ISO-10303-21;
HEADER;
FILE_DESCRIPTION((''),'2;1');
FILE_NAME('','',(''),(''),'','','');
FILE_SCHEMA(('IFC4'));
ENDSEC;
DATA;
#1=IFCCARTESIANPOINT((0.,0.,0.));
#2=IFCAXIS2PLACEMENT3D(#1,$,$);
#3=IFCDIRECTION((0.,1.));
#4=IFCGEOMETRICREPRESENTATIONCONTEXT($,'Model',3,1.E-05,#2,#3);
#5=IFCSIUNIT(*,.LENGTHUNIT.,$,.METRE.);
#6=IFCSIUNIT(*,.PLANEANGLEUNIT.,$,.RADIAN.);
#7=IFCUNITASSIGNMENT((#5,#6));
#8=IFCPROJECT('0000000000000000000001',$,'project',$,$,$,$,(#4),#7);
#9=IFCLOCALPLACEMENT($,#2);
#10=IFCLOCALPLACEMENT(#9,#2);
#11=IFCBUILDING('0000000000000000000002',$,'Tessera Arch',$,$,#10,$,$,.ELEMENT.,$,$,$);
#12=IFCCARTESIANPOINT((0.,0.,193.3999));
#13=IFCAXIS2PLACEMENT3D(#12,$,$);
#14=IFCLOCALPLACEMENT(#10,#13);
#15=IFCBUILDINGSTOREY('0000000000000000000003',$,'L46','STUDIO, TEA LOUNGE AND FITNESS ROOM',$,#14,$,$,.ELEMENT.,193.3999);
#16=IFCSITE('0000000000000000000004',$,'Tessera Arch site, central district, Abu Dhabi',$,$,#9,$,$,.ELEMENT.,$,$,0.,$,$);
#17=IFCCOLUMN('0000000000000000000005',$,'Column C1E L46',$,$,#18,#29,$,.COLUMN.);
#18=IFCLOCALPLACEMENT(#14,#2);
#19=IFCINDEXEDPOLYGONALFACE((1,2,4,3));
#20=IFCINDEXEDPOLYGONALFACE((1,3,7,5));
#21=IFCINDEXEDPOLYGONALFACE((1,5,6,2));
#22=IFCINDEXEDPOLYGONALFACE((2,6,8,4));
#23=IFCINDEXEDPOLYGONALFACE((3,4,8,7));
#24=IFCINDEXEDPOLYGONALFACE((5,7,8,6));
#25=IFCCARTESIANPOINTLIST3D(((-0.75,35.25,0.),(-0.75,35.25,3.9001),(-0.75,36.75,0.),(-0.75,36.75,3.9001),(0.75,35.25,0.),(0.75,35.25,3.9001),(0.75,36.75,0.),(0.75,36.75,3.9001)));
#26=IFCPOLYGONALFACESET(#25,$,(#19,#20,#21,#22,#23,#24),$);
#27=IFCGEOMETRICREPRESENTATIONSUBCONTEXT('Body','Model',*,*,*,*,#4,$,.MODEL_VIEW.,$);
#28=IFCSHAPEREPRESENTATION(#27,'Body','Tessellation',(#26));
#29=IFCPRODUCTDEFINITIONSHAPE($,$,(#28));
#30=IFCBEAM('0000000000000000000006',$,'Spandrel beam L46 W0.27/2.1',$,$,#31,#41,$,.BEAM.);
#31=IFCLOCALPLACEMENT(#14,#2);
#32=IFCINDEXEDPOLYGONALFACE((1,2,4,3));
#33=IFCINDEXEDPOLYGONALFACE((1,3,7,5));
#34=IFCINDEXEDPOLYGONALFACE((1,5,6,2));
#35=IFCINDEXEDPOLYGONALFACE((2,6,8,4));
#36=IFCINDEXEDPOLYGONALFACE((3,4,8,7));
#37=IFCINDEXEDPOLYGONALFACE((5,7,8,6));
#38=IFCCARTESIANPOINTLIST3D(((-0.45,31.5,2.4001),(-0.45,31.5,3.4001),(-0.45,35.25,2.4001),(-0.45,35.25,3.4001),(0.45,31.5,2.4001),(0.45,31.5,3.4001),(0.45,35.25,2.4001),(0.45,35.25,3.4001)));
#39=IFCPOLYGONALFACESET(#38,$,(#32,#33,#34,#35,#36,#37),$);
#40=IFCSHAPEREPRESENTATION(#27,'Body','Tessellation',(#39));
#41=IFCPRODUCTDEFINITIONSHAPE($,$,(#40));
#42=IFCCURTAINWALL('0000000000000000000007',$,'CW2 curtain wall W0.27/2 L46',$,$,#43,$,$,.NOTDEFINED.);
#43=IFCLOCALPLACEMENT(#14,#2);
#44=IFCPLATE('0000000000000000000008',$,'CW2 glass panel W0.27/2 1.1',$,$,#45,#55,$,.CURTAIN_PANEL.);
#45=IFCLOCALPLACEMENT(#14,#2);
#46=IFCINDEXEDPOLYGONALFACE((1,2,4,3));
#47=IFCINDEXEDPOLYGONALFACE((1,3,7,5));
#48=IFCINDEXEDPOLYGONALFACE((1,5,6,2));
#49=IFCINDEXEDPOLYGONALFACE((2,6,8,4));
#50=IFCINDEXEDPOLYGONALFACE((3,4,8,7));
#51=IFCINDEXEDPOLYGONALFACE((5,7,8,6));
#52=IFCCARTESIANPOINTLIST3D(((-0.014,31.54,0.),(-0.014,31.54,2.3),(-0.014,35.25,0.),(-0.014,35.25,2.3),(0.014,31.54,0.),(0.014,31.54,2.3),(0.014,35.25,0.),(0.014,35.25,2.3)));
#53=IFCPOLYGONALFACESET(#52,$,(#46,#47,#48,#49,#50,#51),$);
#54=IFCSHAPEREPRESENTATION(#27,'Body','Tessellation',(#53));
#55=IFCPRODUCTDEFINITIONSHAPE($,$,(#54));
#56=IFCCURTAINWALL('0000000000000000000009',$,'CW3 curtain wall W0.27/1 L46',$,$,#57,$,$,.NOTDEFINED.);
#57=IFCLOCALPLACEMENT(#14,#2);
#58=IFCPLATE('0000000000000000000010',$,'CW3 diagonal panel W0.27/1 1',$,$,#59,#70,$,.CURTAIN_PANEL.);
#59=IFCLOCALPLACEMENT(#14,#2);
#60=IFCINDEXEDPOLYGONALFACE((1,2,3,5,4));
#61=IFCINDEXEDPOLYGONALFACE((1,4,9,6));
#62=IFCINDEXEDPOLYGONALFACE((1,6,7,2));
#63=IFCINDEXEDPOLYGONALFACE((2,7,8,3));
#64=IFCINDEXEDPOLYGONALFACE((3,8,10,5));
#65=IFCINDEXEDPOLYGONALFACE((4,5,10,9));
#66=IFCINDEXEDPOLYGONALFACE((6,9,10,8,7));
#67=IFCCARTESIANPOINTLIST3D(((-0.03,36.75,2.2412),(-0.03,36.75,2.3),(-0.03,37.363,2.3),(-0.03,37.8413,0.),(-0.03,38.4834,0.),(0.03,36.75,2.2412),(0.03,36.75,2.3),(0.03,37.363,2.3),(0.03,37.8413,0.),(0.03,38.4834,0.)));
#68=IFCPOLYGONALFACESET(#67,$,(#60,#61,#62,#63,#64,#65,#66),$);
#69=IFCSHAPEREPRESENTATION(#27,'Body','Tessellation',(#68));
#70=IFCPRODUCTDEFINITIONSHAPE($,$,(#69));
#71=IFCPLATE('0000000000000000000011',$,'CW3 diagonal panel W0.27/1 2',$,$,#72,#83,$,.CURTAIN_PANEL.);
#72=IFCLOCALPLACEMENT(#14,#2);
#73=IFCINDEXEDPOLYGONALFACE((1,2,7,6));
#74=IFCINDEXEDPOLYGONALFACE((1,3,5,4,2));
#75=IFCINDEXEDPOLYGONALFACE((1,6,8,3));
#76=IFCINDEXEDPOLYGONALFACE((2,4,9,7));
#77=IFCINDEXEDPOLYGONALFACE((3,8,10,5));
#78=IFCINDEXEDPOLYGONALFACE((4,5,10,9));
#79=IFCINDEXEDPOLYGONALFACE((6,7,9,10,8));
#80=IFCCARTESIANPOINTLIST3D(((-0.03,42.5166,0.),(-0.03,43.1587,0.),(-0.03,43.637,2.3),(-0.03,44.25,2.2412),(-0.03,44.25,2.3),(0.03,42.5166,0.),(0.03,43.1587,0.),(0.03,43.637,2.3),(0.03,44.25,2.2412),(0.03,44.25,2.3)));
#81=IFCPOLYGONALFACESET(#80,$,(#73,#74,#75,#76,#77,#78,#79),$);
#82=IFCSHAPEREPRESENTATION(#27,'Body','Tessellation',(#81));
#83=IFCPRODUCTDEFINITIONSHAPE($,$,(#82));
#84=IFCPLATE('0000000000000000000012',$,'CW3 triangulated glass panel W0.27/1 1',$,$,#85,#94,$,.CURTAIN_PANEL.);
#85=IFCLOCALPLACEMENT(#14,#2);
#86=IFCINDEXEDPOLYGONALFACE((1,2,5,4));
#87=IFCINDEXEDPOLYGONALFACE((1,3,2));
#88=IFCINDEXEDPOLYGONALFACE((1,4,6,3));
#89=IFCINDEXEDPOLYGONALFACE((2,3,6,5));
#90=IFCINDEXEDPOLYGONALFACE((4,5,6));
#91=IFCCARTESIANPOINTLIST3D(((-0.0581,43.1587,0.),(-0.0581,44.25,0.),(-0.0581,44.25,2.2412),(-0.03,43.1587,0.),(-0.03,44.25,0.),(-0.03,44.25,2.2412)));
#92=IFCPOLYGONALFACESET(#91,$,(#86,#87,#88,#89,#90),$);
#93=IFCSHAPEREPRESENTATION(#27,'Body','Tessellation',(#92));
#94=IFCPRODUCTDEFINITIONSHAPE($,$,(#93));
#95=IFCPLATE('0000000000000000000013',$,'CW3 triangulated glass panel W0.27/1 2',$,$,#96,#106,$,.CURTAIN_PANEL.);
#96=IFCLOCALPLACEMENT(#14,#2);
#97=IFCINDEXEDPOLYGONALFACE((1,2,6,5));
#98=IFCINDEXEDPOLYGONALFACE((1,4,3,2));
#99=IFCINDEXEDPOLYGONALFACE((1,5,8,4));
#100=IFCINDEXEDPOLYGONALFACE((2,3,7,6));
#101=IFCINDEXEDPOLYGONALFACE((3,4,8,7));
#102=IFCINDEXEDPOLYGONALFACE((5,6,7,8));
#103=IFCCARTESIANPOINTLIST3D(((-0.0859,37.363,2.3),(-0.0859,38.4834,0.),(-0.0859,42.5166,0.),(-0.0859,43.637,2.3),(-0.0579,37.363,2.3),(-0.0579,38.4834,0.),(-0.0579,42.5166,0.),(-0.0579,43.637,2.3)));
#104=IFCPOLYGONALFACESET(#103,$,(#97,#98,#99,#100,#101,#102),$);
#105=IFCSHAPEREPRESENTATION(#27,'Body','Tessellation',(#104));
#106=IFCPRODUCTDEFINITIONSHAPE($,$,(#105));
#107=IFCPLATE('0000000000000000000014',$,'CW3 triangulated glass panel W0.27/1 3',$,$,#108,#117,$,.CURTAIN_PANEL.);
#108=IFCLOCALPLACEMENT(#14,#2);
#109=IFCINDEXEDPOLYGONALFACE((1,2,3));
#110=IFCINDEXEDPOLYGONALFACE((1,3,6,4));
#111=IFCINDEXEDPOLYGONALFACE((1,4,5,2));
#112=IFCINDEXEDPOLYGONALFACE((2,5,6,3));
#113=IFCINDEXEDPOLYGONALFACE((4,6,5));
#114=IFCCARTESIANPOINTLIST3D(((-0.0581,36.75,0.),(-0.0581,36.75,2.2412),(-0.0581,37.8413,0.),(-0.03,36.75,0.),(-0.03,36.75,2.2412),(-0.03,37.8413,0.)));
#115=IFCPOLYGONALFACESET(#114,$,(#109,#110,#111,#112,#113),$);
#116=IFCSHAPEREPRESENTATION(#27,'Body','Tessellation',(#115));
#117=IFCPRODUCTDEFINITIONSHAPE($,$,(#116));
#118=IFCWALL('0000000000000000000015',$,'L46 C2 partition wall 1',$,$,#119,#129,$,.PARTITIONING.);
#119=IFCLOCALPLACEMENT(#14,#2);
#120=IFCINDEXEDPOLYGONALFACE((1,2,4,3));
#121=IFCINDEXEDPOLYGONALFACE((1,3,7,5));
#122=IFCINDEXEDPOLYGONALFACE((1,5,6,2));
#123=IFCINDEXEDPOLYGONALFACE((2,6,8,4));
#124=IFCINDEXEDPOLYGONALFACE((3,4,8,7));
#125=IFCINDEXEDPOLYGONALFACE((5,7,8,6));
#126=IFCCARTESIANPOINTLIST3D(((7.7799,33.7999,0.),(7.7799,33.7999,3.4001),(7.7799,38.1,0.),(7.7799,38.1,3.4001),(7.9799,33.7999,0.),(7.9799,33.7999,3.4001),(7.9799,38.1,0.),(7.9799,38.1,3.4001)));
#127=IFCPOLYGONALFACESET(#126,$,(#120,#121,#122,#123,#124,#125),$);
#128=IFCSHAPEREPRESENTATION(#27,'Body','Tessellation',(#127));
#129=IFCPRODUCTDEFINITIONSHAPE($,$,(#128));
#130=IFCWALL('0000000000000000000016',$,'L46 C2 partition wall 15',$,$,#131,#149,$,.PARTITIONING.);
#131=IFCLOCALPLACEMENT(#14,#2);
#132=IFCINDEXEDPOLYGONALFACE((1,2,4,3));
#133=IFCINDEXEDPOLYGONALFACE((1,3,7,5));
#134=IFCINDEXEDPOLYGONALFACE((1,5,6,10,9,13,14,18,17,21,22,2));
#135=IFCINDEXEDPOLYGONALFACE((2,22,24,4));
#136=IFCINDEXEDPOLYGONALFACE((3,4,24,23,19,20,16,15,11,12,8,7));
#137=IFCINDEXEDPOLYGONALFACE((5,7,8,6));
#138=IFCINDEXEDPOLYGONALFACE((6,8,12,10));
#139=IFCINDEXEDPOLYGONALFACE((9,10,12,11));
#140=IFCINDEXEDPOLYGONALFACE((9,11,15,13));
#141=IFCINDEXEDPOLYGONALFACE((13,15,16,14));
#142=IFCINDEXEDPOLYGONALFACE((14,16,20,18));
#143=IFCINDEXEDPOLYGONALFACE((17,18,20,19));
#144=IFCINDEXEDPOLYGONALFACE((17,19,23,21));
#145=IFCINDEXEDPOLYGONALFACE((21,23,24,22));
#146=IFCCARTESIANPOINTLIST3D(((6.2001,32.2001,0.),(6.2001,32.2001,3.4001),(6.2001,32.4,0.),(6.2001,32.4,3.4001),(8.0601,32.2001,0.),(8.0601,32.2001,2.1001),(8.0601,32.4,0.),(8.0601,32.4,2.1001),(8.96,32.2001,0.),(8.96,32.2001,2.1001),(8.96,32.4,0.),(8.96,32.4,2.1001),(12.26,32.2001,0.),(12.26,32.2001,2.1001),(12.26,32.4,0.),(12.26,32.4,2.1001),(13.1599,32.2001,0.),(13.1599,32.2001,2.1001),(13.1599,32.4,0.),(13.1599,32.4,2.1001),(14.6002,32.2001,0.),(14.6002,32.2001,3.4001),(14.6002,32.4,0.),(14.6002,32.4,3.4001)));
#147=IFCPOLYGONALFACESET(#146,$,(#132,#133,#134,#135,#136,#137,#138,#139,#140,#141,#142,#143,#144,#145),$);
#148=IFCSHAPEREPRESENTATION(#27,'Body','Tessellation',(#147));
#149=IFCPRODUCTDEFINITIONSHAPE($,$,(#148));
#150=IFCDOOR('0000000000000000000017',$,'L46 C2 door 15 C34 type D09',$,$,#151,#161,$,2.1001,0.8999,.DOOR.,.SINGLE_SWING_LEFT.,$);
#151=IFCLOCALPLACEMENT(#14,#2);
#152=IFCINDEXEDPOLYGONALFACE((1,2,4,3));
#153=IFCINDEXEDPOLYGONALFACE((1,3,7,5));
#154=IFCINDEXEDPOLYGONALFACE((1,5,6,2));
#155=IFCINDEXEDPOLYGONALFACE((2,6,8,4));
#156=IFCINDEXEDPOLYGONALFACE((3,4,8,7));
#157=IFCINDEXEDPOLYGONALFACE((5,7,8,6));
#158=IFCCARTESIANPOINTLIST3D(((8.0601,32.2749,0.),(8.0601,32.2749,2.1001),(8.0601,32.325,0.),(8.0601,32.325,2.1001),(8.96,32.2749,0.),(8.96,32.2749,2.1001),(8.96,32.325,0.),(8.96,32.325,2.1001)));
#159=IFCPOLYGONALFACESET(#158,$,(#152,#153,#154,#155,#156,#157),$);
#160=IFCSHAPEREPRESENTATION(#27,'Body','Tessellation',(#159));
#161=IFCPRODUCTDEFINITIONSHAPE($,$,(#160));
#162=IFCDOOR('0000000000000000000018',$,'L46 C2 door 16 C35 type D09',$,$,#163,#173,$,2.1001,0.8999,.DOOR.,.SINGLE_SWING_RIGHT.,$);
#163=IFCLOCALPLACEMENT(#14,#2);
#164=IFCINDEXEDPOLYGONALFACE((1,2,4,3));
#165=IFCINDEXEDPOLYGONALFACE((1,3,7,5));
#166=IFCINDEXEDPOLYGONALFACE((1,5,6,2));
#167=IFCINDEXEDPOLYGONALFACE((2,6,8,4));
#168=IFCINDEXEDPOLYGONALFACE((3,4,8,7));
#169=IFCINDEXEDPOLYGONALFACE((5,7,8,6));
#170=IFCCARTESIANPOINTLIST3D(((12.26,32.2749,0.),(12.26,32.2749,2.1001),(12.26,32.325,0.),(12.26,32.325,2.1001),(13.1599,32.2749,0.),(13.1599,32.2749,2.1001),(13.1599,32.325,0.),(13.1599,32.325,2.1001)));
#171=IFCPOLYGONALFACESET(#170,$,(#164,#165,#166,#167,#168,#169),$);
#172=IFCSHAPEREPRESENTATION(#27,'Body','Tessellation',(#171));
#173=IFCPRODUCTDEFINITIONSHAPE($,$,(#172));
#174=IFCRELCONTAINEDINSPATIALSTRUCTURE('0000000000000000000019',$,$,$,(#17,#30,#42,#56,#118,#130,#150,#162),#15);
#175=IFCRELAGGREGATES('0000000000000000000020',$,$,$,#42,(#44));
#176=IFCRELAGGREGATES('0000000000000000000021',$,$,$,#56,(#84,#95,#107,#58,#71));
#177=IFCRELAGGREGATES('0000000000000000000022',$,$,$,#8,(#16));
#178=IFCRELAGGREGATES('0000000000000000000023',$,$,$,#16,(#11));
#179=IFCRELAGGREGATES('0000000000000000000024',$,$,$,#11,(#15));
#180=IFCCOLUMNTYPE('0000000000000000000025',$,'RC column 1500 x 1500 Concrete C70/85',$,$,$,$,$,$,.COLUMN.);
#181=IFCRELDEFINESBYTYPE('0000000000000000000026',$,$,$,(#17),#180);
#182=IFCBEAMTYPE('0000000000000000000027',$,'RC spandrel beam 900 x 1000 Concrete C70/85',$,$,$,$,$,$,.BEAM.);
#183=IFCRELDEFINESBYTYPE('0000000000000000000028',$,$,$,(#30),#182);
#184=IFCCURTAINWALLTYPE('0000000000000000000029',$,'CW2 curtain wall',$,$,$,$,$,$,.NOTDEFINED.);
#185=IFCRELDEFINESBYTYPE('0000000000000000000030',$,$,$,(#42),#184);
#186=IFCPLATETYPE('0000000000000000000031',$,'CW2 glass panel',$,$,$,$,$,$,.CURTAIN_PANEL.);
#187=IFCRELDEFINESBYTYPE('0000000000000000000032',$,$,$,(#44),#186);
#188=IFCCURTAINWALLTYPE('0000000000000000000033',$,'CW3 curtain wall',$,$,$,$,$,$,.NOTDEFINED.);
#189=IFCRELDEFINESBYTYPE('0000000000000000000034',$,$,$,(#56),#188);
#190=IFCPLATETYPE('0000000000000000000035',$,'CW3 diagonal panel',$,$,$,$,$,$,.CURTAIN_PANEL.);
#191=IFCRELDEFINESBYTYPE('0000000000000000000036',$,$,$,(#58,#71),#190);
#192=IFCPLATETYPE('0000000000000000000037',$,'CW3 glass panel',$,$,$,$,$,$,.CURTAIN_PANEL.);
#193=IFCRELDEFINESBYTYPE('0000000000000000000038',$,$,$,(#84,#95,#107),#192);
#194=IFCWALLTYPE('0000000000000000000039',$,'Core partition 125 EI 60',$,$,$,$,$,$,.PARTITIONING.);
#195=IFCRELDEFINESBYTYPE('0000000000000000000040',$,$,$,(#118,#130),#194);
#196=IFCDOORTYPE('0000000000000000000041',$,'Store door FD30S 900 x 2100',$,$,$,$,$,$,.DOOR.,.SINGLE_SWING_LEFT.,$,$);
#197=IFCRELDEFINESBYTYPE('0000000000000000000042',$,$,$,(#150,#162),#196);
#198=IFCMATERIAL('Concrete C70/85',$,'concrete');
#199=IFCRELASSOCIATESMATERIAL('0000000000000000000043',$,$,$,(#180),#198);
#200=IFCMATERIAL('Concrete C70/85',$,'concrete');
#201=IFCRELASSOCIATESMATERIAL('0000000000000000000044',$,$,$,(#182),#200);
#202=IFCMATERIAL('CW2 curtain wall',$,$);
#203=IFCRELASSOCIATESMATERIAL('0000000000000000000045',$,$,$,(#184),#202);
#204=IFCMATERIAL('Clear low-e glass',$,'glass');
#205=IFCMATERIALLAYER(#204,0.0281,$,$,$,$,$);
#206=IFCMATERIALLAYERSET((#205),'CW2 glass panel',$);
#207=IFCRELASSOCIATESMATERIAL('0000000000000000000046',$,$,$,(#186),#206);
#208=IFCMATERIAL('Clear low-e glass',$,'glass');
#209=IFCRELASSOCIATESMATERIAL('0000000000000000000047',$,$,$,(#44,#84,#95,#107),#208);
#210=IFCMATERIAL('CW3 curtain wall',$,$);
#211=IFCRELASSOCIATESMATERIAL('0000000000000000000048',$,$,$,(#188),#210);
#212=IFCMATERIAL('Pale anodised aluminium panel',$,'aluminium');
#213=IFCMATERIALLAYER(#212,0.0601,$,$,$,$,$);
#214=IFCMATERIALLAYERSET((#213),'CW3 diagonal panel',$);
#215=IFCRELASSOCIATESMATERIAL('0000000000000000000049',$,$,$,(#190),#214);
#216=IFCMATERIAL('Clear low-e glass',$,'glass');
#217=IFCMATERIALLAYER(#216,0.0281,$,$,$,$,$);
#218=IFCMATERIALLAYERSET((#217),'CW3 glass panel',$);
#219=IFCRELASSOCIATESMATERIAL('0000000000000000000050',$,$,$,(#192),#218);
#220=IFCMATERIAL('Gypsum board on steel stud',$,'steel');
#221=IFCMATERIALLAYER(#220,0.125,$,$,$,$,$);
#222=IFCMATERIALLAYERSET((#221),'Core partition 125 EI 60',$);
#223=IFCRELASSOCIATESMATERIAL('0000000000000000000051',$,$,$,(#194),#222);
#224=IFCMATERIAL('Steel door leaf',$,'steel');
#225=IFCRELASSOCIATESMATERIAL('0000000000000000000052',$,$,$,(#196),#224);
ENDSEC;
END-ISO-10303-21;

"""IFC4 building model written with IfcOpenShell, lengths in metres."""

from ifc_helpers import new_model, si_unit, direction, frame, frame_2d, origin, origin_2d, place, context, subcontext, project, spatial, polyline, rectangle, outline, extrude, material, layer, layer_set, material_profile, profile_set, type_object, element, fill, aggregate, save


model = new_model("IFC4")

# Units and contexts
model_context = context("Model", 3, precision=1e-05, world=origin(), true_north=direction((0.0, 1.0)))
body_context = subcontext(model_context, "Body", "Model", "MODEL_VIEW")
ifc_project = project(units=[si_unit("LENGTHUNIT", "METRE"), si_unit("PLANEANGLEUNIT", "RADIAN")], contexts=[model_context])

# Site, building, storey
site_placement = place(None, origin())
site = spatial("IfcSite", under=ifc_project, at=site_placement, Name="Tessera Arch site, central district, Abu Dhabi", CompositionType="ELEMENT", RefElevation=0.0)
building_placement = place(site_placement, origin())
building = spatial("IfcBuilding", under=site, at=building_placement, Name="Tessera Arch", CompositionType="ELEMENT")
storey_placement = place(building_placement, frame((0.0, 0.0, 193.3999)))
storey = spatial("IfcBuildingStorey", under=building, at=storey_placement, Name="L46", Description="STUDIO, TEA LOUNGE AND FITNESS ROOM", CompositionType="ELEMENT", Elevation=193.3999)

# Column
ifc_material_1 = material(Name="Concrete C70/85", Category="concrete")
ifc_material_profile_1 = material_profile(ifc_material_1, rectangle(XDim=1.5, YDim=1.5, at=origin_2d()), Name="RC column 1500 x 1500 Concrete C70/85")
ifc_profile_set_1 = profile_set([ifc_material_profile_1], Name="Concrete C70/85")
column_type = type_object("IfcColumnType", Name="RC column 1500 x 1500 Concrete C70/85", PredefinedType="COLUMN", material=ifc_profile_set_1)
column_placement = place(storey_placement, frame((0.0, 36.0, 0.0), z_axis=(0.0, 0.0, 1.0), x_axis=(1.0, 0.0, 0.0)))
element("IfcColumn", 1, at=column_placement, inside=storey, type_object=column_type, Name="Column C1E L46", PredefinedType="COLUMN", context=body_context, shape_type="SweptSolid", body=[
    extrude(rectangle(XDim=1.5, YDim=1.5, at=origin_2d()), origin(), (0.0, 0.0, 1.0), 3.9001),
])

# Beam
ifc_material_2 = material(Name="Concrete C70/85", Category="concrete")
ifc_material_profile_2 = material_profile(ifc_material_2, rectangle(XDim=0.8999, YDim=1.0, at=origin_2d()), Name="RC spandrel beam 900 x 1000 Concrete C70/85")
ifc_profile_set_2 = profile_set([ifc_material_profile_2], Name="Concrete C70/85")
beam_type = type_object("IfcBeamType", Name="RC spandrel beam 900 x 1000 Concrete C70/85", PredefinedType="BEAM", material=ifc_profile_set_2)
beam_placement = place(storey_placement, frame((0.0, 35.25, 2.9001), z_axis=(0.0, -1.0, 0.0), x_axis=(1.0, 0.0, 0.0)))
element("IfcBeam", 2, at=beam_placement, inside=storey, type_object=beam_type, Name="Spandrel beam L46 W0.27/2.1", PredefinedType="BEAM", context=body_context, shape_type="SweptSolid", body=[
    extrude(rectangle(XDim=0.8999, YDim=1.0, at=origin_2d()), origin(), (0.0, 0.0, 1.0), 3.75),
])

# Curtain wall, plate
ifc_material_3 = material(Name="CW2 curtain wall")
curtain_wall_type_1 = type_object("IfcCurtainWallType", Name="CW2 curtain wall", PredefinedType="NOTDEFINED", material=ifc_material_3)
curtain_wall_1_placement = place(storey_placement, origin())
curtain_wall_1 = element("IfcCurtainWall", 3, at=curtain_wall_1_placement, inside=storey, type_object=curtain_wall_type_1, Name="CW2 curtain wall W0.27/2 L46", PredefinedType="NOTDEFINED")
ifc_material_4 = material(Name="Clear low-e glass", Category="glass")
ifc_material_5 = material(Name="Clear low-e glass", Category="glass")
ifc_layer_1 = layer(ifc_material_5, 0.0281)
ifc_layer_set_1 = layer_set([ifc_layer_1], Name="CW2 glass panel")
plate_type_1 = type_object("IfcPlateType", Name="CW2 glass panel", PredefinedType="CURTAIN_PANEL", material=ifc_layer_set_1)
plate_1_placement = place(storey_placement, frame((0.0, 33.395, 0.0), z_axis=(0.0, 0.0, 1.0), x_axis=(0.0, -1.0, 0.0)))
plate_1 = element("IfcPlate", 4, at=plate_1_placement, type_object=plate_type_1, material=ifc_material_4, Name="CW2 glass panel W0.27/2 1.1", PredefinedType="CURTAIN_PANEL", context=body_context, shape_type="SweptSolid", body=[
    extrude(rectangle(XDim=3.71, YDim=0.0281, at=origin_2d()), origin(), (0.0, 0.0, 1.0), 2.3),
])
aggregate(curtain_wall_1, [plate_1])

# Curtain wall, plates
ifc_material_6 = material(Name="CW3 curtain wall")
curtain_wall_type_2 = type_object("IfcCurtainWallType", Name="CW3 curtain wall", PredefinedType="NOTDEFINED", material=ifc_material_6)
curtain_wall_2_placement = place(storey_placement, origin())
curtain_wall_2 = element("IfcCurtainWall", 5, at=curtain_wall_2_placement, inside=storey, type_object=curtain_wall_type_2, Name="CW3 curtain wall W0.27/1 L46", PredefinedType="NOTDEFINED")
ifc_material_7 = material(Name="Pale anodised aluminium panel", Category="aluminium")
ifc_layer_2 = layer(ifc_material_7, 0.0601)
ifc_layer_set_2 = layer_set([ifc_layer_2], Name="CW3 diagonal panel")
plate_type_2 = type_object("IfcPlateType", Name="CW3 diagonal panel", PredefinedType="CURTAIN_PANEL", material=ifc_layer_set_2)
plate_2_placement = place(storey_placement, frame((-0.03, 36.75, 2.3), z_axis=(-1.0, 0.0, 0.0), x_axis=(0.0, 1.0, 0.0)))
plate_2 = element("IfcPlate", 6, at=plate_2_placement, type_object=plate_type_2, Name="CW3 diagonal panel W0.27/1 1", PredefinedType="CURTAIN_PANEL", context=body_context, shape_type="SweptSolid", body=[
    extrude(outline(polyline([(0.0, 0.0), (0.613, 0.0), (1.7334, 2.3), (1.0913, 2.3), (0.0, 0.0588), (0.0, 0.0)])), origin(), (0.0, 0.0, -1.0), 0.0601),
])
plate_3_placement = place(storey_placement, frame((-0.03, 44.25, 2.3), z_axis=(-1.0, 0.0, 0.0), x_axis=(0.0, 0.0, -1.0)))
plate_3 = element("IfcPlate", 7, at=plate_3_placement, type_object=plate_type_2, Name="CW3 diagonal panel W0.27/1 2", PredefinedType="CURTAIN_PANEL", context=body_context, shape_type="SweptSolid", body=[
    extrude(outline(polyline([(0.0, 0.0), (0.0588, 0.0), (2.3, 1.0913), (2.3, 1.7334), (0.0, 0.613), (0.0, 0.0)])), origin(), (0.0, 0.0, -1.0), 0.0601),
])
ifc_material_8 = material(Name="Clear low-e glass", Category="glass")
ifc_layer_3 = layer(ifc_material_8, 0.0281)
ifc_layer_set_3 = layer_set([ifc_layer_3], Name="CW3 glass panel")
plate_type_3 = type_object("IfcPlateType", Name="CW3 glass panel", PredefinedType="CURTAIN_PANEL", material=ifc_layer_set_3)
plate_4_placement = place(storey_placement, frame((-0.0581, 44.25, 0.0), z_axis=(-1.0, 0.0, 0.0), x_axis=(0.0, -1.0, 0.0)))
plate_4 = element("IfcPlate", 8, at=plate_4_placement, type_object=plate_type_3, material=ifc_material_4, Name="CW3 triangulated glass panel W0.27/1 1", PredefinedType="CURTAIN_PANEL", context=body_context, shape_type="SweptSolid", body=[
    extrude(outline(polyline([(0.0, 0.0), (1.0913, 0.0), (0.0, 2.2412), (0.0, 0.0)])), origin(), (0.0, 0.0, -1.0), 0.0281),
])
plate_5_placement = place(storey_placement, frame((-0.0859, 37.363, 2.3), z_axis=(-1.0, 0.0, 0.0), x_axis=(0.0, 1.0, 0.0)))
plate_5 = element("IfcPlate", 9, at=plate_5_placement, type_object=plate_type_3, material=ifc_material_4, Name="CW3 triangulated glass panel W0.27/1 2", PredefinedType="CURTAIN_PANEL", context=body_context, shape_type="SweptSolid", body=[
    extrude(outline(polyline([(0.0, 0.0), (6.2739, 0.0), (5.1536, 2.3), (1.1204, 2.3), (0.0, 0.0)])), origin(), (0.0, 0.0, -1.0), 0.0281),
])
plate_6_placement = place(storey_placement, frame((-0.0581, 36.75, 0.0), z_axis=(-1.0, 0.0, 0.0), x_axis=(0.0, 0.0, 1.0)))
plate_6 = element("IfcPlate", 10, at=plate_6_placement, type_object=plate_type_3, material=ifc_material_4, Name="CW3 triangulated glass panel W0.27/1 3", PredefinedType="CURTAIN_PANEL", context=body_context, shape_type="SweptSolid", body=[
    extrude(outline(polyline([(0.0, 0.0), (2.2412, 0.0), (0.0, 1.0913), (0.0, 0.0)])), origin(), (0.0, 0.0, -1.0), 0.0281),
])
aggregate(curtain_wall_2, [plate_4, plate_5, plate_6, plate_2, plate_3])

# Wall
ifc_material_9 = material(Name="Gypsum board on steel stud", Category="steel")
ifc_layer_4 = layer(ifc_material_9, 0.125)
ifc_layer_set_4 = layer_set([ifc_layer_4], Name="Core partition 125 EI 60")
wall_type_1 = type_object("IfcWallType", Name="Core partition 125 EI 60", PredefinedType="PARTITIONING", material=ifc_layer_set_4)
wall_1_placement = place(storey_placement, frame((7.8799, 33.8, 0.0), z_axis=(0.0, 0.0, 1.0), x_axis=(0.0, 1.0, 0.0)))
element("IfcWall", 11, at=wall_1_placement, inside=storey, type_object=wall_type_1, Name="L46 C2 partition wall 1", PredefinedType="PARTITIONING", context=body_context, shape_type="SweptSolid", body=[
    extrude(rectangle(XDim=4.3, YDim=0.2, at=frame_2d((2.1499, 0.0))), origin(), (0.0, 0.0, 1.0), 3.4001),
])

# Wall, openings, doors
wall_2_placement = place(storey_placement, frame((6.2, 32.3, 0.0), z_axis=(0.0, 0.0, 1.0), x_axis=(1.0, 0.0, 0.0)))
wall_2 = element("IfcWall", 12, at=wall_2_placement, inside=storey, type_object=wall_type_1, Name="L46 C2 partition wall 15", PredefinedType="PARTITIONING", context=body_context, shape_type="SweptSolid", body=[
    extrude(rectangle(XDim=8.4001, YDim=0.2, at=frame_2d((4.2002, 0.0))), origin(), (0.0, 0.0, 1.0), 3.4001),
])
opening_1_placement = place(wall_2_placement, frame((1.8601, 0.0, 0.0)))
opening_1 = element("IfcOpeningElement", 13, at=opening_1_placement, cuts=wall_2, PredefinedType="OPENING", context=body_context, shape_type="SweptSolid", body=[
    extrude(rectangle(XDim=0.8999, YDim=2.1001, at=frame_2d((0.45, 1.05))), frame((0.0, 0.1099, 0.0), z_axis=(0.0, -1.0, 0.0), x_axis=(1.0, 0.0, 0.0)), (0.0, 0.0, 1.0), 0.22),
])
opening_2_placement = place(wall_2_placement, frame((6.0601, 0.0, 0.0)))
opening_2 = element("IfcOpeningElement", 14, at=opening_2_placement, cuts=wall_2, PredefinedType="OPENING", context=body_context, shape_type="SweptSolid", body=[
    extrude(rectangle(XDim=0.8999, YDim=2.1001, at=frame_2d((0.45, 1.05))), frame((0.0, 0.1099, 0.0), z_axis=(0.0, -1.0, 0.0), x_axis=(1.0, 0.0, 0.0)), (0.0, 0.0, 1.0), 0.22),
])
ifc_material_10 = material(Name="Steel door leaf", Category="steel")
door_type_1 = type_object("IfcDoorType", Name="Store door FD30S 900 x 2100", OperationType="SINGLE_SWING_LEFT", PredefinedType="DOOR", material=ifc_material_10)
door_1_placement = place(opening_1_placement, origin())
door_1 = element("IfcDoor", 15, at=door_1_placement, inside=storey, type_object=door_type_1, Name="L46 C2 door 15 C34 type D09", OperationType="SINGLE_SWING_LEFT", OverallHeight=2.1001, OverallWidth=0.8999, PredefinedType="DOOR", context=body_context, shape_type="SweptSolid", body=[
    extrude(rectangle(XDim=0.8999, YDim=2.1001, at=frame_2d((0.45, 1.05))), frame((0.0, 0.0249, 0.0), z_axis=(0.0, -1.0, 0.0), x_axis=(1.0, 0.0, 0.0)), (0.0, 0.0, 1.0), 0.05),
])
fill(opening_1, door_1)
door_2_placement = place(opening_2_placement, origin())
door_2 = element("IfcDoor", 16, at=door_2_placement, inside=storey, type_object=door_type_1, Name="L46 C2 door 16 C35 type D09", OperationType="SINGLE_SWING_RIGHT", OverallHeight=2.1001, OverallWidth=0.8999, PredefinedType="DOOR", context=body_context, shape_type="SweptSolid", body=[
    extrude(rectangle(XDim=0.8999, YDim=2.1001, at=frame_2d((0.45, 1.05))), frame((0.0, 0.0249, 0.0), z_axis=(0.0, -1.0, 0.0), x_axis=(1.0, 0.0, 0.0)), (0.0, 0.0, 1.0), 0.05),
])
fill(opening_2, door_2)

save(model, "model.ifc")
